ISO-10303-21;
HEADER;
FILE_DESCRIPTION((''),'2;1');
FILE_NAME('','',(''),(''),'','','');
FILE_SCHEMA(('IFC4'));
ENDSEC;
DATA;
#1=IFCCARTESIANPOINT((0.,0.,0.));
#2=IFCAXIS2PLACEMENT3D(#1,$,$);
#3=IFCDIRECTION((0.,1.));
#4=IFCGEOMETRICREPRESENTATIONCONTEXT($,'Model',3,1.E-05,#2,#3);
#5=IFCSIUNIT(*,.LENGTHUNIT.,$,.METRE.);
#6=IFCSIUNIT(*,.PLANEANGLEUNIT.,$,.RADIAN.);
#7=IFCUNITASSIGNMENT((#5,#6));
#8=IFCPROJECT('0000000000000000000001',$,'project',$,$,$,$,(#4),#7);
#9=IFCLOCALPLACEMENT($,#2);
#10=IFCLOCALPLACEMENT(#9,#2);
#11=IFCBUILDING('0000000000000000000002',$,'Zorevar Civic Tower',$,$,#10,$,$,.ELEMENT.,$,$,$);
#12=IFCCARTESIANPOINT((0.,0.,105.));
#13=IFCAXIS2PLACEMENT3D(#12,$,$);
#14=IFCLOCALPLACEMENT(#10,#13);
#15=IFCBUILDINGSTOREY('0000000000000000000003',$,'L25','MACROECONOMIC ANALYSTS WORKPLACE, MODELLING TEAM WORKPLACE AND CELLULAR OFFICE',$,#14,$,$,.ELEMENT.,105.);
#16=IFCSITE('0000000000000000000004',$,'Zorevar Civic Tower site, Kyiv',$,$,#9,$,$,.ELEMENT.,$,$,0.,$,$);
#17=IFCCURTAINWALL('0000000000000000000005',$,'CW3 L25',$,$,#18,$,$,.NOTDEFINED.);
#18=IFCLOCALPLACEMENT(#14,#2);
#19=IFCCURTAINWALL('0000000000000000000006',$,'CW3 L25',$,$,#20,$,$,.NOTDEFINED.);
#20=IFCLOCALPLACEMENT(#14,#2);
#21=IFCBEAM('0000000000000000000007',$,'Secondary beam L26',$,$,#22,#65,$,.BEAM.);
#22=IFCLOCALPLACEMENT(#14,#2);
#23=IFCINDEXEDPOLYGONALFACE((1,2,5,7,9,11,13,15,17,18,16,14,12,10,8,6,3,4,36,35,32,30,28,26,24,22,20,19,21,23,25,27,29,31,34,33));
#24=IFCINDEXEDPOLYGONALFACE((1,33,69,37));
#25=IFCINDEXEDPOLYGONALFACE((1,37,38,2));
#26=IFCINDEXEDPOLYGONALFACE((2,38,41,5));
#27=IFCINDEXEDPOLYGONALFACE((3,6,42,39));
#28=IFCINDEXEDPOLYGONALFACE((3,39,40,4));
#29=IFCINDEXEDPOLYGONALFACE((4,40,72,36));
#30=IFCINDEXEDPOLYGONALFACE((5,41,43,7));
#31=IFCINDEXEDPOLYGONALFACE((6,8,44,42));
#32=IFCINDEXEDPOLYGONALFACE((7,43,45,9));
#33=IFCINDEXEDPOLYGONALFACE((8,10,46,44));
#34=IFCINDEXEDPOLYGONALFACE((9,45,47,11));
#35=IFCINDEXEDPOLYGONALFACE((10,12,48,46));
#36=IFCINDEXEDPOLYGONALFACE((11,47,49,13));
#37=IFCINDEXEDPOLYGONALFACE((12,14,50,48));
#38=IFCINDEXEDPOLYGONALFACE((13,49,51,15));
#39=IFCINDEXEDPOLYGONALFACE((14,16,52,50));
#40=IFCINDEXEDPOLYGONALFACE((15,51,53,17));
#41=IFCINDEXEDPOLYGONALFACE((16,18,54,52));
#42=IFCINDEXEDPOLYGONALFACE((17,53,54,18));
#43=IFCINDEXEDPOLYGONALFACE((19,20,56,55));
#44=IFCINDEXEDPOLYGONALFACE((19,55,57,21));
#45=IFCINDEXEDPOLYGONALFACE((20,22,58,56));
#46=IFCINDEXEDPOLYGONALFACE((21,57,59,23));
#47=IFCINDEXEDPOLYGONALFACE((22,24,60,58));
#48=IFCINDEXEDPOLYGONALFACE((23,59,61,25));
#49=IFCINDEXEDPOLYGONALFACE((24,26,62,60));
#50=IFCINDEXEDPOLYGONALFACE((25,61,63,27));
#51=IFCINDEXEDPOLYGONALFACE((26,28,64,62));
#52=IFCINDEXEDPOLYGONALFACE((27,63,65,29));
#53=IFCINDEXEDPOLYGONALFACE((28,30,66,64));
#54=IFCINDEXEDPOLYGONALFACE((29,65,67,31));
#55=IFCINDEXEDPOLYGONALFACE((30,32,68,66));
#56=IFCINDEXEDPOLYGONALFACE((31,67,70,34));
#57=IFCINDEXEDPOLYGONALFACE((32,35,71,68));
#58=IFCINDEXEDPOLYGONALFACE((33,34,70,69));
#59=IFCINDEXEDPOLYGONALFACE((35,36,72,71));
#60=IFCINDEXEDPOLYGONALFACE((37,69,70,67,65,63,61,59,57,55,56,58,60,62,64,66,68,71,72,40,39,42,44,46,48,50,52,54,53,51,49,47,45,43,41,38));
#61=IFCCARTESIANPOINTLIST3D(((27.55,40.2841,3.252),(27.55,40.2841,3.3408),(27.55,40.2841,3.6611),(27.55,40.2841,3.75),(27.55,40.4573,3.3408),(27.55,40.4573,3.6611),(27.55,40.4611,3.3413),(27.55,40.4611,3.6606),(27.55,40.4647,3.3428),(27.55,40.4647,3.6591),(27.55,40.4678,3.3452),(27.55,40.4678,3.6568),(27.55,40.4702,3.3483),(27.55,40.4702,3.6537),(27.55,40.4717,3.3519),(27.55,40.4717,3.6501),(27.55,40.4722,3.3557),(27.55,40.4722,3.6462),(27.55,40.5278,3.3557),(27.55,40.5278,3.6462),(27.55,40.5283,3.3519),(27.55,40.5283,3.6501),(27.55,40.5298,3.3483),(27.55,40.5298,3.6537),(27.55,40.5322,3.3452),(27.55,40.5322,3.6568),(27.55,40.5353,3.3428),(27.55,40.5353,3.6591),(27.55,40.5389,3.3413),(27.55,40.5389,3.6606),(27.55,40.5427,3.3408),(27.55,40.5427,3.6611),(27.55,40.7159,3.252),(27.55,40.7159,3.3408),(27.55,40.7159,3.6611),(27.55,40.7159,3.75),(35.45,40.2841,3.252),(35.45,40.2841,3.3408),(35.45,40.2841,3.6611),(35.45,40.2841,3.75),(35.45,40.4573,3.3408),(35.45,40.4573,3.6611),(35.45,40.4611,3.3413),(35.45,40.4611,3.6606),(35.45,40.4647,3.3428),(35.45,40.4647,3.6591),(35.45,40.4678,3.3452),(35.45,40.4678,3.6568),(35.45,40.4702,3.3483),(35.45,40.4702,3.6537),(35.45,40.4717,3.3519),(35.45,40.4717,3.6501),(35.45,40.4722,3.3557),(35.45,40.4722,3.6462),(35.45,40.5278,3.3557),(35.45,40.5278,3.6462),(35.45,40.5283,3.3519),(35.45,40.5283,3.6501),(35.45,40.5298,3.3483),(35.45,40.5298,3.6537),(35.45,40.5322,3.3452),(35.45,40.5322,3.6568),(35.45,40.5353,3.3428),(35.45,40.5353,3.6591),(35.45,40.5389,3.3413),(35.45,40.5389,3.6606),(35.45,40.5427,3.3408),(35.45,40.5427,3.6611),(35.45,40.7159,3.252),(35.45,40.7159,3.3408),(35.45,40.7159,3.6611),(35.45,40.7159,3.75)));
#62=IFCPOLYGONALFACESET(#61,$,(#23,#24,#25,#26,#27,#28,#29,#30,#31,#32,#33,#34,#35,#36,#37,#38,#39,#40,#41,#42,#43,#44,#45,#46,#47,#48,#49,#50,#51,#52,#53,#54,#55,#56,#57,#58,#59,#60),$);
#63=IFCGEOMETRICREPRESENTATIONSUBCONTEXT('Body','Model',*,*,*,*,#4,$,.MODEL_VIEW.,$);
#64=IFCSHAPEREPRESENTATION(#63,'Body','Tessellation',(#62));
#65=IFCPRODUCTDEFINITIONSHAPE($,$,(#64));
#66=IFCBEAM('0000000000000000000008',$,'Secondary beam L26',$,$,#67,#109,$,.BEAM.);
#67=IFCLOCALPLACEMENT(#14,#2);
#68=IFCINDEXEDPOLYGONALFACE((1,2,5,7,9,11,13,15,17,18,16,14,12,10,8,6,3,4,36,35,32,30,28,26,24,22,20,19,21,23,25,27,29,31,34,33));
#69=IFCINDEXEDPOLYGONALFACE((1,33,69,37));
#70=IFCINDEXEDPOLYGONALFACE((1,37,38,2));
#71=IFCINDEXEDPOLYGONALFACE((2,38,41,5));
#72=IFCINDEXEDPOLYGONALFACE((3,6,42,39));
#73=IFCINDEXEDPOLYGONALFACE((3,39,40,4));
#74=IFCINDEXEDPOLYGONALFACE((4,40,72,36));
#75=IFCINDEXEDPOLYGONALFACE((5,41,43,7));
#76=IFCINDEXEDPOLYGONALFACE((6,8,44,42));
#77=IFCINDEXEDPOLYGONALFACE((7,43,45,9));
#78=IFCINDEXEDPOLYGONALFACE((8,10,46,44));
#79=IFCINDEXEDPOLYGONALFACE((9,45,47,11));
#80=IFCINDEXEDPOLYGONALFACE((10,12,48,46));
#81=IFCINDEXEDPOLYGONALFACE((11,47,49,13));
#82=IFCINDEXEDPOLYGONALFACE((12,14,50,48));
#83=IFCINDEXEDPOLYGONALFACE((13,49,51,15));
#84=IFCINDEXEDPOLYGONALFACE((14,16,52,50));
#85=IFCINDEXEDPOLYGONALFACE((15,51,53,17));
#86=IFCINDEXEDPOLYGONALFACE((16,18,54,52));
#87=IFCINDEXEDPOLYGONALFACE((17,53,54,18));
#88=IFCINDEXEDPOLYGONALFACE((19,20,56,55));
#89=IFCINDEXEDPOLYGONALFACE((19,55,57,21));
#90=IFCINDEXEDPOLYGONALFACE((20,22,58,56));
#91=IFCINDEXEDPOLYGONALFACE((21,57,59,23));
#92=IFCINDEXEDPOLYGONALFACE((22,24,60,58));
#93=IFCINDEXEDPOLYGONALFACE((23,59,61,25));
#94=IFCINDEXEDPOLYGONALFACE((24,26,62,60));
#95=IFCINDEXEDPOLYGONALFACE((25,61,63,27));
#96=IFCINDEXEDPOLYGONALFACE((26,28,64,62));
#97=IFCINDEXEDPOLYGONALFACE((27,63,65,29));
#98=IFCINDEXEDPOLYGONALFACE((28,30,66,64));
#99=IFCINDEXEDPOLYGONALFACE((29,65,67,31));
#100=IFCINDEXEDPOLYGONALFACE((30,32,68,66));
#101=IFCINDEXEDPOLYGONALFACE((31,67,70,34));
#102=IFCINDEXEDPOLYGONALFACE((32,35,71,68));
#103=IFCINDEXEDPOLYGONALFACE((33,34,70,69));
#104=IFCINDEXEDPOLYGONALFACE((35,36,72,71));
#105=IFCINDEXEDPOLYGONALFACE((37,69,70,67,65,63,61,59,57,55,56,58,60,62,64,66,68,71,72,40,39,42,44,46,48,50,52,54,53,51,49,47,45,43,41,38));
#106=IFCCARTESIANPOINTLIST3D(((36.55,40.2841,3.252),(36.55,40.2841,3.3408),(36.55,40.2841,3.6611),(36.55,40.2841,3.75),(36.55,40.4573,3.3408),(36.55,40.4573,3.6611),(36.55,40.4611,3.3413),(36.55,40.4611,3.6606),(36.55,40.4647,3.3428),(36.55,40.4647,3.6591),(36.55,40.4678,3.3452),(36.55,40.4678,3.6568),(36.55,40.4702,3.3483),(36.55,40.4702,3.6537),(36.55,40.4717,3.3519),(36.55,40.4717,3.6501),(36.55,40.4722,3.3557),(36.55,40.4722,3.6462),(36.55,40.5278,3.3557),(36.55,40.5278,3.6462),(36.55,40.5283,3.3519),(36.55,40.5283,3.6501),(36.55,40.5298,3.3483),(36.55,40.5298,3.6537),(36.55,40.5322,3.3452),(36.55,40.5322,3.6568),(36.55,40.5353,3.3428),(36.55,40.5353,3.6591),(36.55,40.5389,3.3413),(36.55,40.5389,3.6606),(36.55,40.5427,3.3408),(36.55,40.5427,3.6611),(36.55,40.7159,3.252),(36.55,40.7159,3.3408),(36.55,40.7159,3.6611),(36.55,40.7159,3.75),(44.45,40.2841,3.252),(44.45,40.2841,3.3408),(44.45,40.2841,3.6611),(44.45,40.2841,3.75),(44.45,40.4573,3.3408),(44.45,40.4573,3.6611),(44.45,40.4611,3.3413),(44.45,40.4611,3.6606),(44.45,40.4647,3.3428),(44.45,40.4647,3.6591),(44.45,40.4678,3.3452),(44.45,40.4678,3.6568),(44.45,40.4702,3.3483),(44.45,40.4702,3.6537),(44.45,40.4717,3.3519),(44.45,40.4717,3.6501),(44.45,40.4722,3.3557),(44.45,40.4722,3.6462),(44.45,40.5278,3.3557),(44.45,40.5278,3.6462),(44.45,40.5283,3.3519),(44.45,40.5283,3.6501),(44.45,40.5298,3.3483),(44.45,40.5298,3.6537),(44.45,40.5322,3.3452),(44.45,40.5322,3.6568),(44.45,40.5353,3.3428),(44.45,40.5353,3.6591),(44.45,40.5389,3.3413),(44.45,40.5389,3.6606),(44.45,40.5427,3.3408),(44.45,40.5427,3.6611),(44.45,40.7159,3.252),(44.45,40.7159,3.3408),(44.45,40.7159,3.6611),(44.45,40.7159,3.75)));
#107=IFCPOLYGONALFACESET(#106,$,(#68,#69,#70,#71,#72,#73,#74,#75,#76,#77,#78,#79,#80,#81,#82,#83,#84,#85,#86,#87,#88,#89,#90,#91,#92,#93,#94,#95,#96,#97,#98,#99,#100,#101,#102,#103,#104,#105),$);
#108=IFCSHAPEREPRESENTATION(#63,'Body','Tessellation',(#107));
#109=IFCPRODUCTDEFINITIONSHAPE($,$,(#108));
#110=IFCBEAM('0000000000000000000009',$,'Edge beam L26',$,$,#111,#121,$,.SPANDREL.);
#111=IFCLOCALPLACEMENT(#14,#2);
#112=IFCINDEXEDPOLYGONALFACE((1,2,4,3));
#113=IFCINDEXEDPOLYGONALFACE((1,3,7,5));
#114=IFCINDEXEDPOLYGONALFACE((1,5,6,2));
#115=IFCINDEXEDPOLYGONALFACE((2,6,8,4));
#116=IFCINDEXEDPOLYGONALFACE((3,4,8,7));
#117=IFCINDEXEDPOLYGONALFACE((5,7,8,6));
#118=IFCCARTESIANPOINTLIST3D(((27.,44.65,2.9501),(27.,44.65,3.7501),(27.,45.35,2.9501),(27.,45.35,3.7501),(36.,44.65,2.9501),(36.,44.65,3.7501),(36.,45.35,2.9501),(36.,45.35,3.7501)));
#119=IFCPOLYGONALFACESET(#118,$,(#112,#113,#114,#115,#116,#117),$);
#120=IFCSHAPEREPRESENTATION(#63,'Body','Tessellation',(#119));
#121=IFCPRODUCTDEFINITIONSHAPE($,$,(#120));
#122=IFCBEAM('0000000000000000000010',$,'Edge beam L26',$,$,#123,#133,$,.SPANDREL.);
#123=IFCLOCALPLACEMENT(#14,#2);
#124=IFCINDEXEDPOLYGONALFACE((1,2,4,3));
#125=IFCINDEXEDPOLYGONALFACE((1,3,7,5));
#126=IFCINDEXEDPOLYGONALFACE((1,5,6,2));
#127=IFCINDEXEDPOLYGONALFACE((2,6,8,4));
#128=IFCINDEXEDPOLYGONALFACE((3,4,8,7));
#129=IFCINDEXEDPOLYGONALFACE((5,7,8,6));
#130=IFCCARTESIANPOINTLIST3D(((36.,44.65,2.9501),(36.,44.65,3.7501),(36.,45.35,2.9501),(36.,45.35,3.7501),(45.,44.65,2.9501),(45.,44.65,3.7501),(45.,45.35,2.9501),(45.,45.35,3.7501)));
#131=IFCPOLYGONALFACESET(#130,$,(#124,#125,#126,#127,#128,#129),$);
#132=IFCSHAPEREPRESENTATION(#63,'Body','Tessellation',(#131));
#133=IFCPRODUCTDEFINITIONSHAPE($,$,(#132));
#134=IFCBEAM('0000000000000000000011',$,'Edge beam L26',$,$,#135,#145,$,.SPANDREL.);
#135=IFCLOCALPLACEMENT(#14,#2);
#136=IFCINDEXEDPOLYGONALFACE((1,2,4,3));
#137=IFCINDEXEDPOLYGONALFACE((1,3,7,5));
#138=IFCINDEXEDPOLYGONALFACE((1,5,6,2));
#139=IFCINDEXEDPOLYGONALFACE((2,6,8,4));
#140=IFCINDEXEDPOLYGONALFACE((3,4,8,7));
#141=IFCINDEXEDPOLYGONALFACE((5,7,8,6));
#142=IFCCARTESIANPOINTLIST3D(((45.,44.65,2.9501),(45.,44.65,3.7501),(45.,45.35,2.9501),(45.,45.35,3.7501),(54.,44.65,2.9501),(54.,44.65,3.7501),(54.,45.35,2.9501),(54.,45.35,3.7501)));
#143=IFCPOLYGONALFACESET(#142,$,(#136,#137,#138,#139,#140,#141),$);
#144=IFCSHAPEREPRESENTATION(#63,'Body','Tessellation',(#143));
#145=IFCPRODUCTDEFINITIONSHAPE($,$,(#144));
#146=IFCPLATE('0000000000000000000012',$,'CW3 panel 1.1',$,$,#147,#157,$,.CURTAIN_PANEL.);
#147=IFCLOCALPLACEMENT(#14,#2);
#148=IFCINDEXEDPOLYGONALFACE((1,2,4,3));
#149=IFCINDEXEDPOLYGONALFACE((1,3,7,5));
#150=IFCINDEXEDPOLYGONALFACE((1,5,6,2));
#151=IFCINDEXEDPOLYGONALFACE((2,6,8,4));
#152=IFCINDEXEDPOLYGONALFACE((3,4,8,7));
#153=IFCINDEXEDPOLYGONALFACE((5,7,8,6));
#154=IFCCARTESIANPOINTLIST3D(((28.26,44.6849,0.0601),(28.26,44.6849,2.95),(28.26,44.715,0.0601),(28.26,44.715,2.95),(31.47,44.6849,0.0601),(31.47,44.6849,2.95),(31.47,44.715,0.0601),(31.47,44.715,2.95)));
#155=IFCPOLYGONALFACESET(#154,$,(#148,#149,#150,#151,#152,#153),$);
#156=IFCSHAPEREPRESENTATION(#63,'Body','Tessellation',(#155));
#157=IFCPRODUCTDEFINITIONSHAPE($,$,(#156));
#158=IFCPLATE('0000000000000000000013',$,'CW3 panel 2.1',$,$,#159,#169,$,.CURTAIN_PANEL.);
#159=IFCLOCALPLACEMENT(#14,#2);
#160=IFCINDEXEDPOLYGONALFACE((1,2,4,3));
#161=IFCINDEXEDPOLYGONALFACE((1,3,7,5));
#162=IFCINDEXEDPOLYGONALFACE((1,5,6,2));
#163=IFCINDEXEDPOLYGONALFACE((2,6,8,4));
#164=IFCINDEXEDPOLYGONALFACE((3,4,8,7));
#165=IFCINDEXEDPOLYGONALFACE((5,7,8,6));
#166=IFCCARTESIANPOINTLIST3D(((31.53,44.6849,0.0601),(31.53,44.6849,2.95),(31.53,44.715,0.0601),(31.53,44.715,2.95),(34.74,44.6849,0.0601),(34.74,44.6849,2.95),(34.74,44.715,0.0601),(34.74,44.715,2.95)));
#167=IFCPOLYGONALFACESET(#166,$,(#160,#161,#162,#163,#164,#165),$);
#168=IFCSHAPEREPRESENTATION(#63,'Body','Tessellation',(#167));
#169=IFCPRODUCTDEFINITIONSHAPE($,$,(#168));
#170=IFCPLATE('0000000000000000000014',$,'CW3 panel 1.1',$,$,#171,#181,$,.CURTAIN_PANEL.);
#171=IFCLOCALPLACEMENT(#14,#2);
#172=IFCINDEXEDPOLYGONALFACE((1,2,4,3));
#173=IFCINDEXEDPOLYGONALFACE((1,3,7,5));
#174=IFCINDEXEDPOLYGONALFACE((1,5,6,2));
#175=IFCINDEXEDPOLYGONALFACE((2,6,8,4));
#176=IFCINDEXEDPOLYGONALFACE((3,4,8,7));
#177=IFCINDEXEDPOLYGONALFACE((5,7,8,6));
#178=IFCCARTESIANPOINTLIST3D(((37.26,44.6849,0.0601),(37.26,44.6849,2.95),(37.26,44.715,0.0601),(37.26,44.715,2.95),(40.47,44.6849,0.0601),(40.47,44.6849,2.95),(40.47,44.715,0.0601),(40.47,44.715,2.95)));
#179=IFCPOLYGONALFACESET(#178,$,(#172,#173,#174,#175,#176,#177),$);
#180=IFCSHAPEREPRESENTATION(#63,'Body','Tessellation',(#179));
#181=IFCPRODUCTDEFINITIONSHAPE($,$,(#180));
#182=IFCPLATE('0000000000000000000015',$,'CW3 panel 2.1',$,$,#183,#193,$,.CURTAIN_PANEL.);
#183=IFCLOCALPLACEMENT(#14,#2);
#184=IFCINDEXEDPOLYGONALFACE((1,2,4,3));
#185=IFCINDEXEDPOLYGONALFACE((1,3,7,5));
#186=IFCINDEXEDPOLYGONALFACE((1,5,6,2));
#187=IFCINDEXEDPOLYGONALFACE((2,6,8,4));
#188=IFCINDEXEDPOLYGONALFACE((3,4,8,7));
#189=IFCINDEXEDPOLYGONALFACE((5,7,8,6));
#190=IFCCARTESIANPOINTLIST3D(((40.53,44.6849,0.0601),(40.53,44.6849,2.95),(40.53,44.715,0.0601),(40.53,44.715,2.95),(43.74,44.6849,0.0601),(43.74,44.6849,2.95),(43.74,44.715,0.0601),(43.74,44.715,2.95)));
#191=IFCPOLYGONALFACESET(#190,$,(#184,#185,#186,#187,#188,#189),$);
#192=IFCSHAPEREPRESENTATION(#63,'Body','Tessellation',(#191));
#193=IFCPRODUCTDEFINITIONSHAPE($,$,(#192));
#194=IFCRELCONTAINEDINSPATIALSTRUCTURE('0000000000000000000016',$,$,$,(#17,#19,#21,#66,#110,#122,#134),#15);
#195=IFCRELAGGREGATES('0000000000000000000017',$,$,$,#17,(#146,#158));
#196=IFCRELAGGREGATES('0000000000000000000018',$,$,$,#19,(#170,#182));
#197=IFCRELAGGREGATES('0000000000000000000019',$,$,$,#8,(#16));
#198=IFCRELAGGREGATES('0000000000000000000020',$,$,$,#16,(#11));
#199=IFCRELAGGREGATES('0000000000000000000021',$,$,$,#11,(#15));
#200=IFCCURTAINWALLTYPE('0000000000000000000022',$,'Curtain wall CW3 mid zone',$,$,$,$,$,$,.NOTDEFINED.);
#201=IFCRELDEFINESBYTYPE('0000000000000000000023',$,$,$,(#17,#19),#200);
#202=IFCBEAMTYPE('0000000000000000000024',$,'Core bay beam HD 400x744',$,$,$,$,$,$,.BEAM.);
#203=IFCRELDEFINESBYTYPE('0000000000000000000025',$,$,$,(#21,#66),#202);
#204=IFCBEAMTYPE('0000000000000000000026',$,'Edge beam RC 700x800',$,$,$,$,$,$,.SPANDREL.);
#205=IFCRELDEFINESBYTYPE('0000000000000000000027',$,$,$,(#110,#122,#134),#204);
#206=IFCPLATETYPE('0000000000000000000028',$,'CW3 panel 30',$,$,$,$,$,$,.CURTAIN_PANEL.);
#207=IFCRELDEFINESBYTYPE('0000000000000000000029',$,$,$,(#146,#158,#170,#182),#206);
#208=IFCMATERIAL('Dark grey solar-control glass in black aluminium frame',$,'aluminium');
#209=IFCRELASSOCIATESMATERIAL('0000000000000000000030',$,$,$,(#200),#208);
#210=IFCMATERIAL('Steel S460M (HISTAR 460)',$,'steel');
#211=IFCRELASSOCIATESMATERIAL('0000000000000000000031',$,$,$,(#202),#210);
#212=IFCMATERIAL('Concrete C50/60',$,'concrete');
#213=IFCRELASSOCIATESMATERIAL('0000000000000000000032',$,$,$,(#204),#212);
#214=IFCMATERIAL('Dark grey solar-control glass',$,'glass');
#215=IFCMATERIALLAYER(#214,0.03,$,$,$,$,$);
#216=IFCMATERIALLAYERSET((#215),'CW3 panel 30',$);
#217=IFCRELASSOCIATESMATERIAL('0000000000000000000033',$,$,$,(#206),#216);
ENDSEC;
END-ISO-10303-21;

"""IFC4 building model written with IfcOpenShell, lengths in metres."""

from ifc_helpers import new_model, si_unit, direction, frame, origin, origin_2d, place, context, subcontext, project, spatial, rectangle, i_section, extrude, material, layer, layer_set, material_profile, profile_set, type_object, element, aggregate, save


model = new_model("IFC4")

# Units and contexts
model_context = context("Model", 3, precision=1e-05, world=origin(), true_north=direction((0.0, 1.0)))
body_context = subcontext(model_context, "Body", "Model", "MODEL_VIEW")
ifc_project = project(units=[si_unit("LENGTHUNIT", "METRE"), si_unit("PLANEANGLEUNIT", "RADIAN")], contexts=[model_context])

# Site, building, storey
site_placement = place(None, origin())
site = spatial("IfcSite", under=ifc_project, at=site_placement, Name="Zorevar Civic Tower site, Kyiv", CompositionType="ELEMENT", RefElevation=0.0)
building_placement = place(site_placement, origin())
building = spatial("IfcBuilding", under=site, at=building_placement, Name="Zorevar Civic Tower", CompositionType="ELEMENT")
storey_placement = place(building_placement, frame((0.0, 0.0, 105.0)))
storey = spatial("IfcBuildingStorey", under=building, at=storey_placement, Name="L25", Description="MACROECONOMIC ANALYSTS WORKPLACE, MODELLING TEAM WORKPLACE AND CELLULAR OFFICE", CompositionType="ELEMENT", Elevation=105.0)

# Curtain walls
ifc_material_1 = material(Name="Dark grey solar-control glass in black aluminium frame", Category="aluminium")
curtain_wall_type = type_object("IfcCurtainWallType", Name="Curtain wall CW3 mid zone", PredefinedType="NOTDEFINED", material=ifc_material_1)
curtain_wall_1_placement = place(storey_placement, origin())
curtain_wall_1 = element("IfcCurtainWall", 1, at=curtain_wall_1_placement, inside=storey, type_object=curtain_wall_type, Name="CW3 L25", PredefinedType="NOTDEFINED")
curtain_wall_2_placement = place(storey_placement, origin())
curtain_wall_2 = element("IfcCurtainWall", 2, at=curtain_wall_2_placement, inside=storey, type_object=curtain_wall_type, Name="CW3 L25", PredefinedType="NOTDEFINED")

# Beams
ifc_material_2 = material(Name="Steel S460M (HISTAR 460)", Category="steel")
ifc_material_profile_1 = material_profile(ifc_material_2, i_section(OverallWidth=0.4319, OverallDepth=0.498, WebThickness=0.0557, FlangeThickness=0.0889, FilletRadius=0.0149, at=origin_2d()), Name="HD 400x744")
ifc_profile_set_1 = profile_set([ifc_material_profile_1], Name="Steel S460M (HISTAR 460)")
beam_type_1 = type_object("IfcBeamType", Name="Core bay beam HD 400x744", PredefinedType="BEAM", material=ifc_profile_set_1)
for number, where, z_axis, x_axis, name in (
    (3, (27.55, 40.5, 3.501), (1.0, 0.0, 0.0), (0.0, 1.0, 0.0), "Secondary beam L26"),
    (4, (36.55, 40.5, 3.501), (1.0, 0.0, 0.0), (0.0, 1.0, 0.0), "Secondary beam L26"),
):
    element("IfcBeam", number, at=place(storey_placement, frame(where, z_axis=z_axis, x_axis=x_axis)), inside=storey, type_object=beam_type_1, Name=name, PredefinedType="BEAM", context=body_context, shape_type="SweptSolid", body=[
        extrude(i_section(OverallWidth=0.4319, OverallDepth=0.498, WebThickness=0.0557, FlangeThickness=0.0889, FilletRadius=0.0149, at=origin_2d()), origin(), (0.0, 0.0, 1.0), 7.8999),
    ])
ifc_material_3 = material(Name="Concrete C50/60", Category="concrete")
ifc_material_profile_2 = material_profile(ifc_material_3, rectangle(XDim=0.7, YDim=0.8, at=origin_2d()), Name="RC 700x800")
ifc_profile_set_2 = profile_set([ifc_material_profile_2], Name="Concrete C50/60")
beam_type_2 = type_object("IfcBeamType", Name="Edge beam RC 700x800", PredefinedType="SPANDREL", material=ifc_profile_set_2)
for number, where, z_axis, x_axis, name in (
    (5, (27.0, 45.0, 3.3501), (1.0, 0.0, 0.0), (0.0, 1.0, 0.0), "Edge beam L26"),
    (6, (36.0, 45.0, 3.3501), (1.0, 0.0, 0.0), (0.0, 1.0, 0.0), "Edge beam L26"),
    (7, (45.0, 45.0, 3.3501), (1.0, 0.0, 0.0), (0.0, 1.0, 0.0), "Edge beam L26"),
):
    element("IfcBeam", number, at=place(storey_placement, frame(where, z_axis=z_axis, x_axis=x_axis)), inside=storey, type_object=beam_type_2, Name=name, PredefinedType="SPANDREL", context=body_context, shape_type="SweptSolid", body=[
        extrude(rectangle(XDim=0.7, YDim=0.8, at=origin_2d()), origin(), (0.0, 0.0, 1.0), 9.0),
    ])

# Plates
ifc_material_4 = material(Name="Dark grey solar-control glass", Category="glass")
ifc_layer_1 = layer(ifc_material_4, 0.03)
ifc_layer_set_1 = layer_set([ifc_layer_1], Name="CW3 panel 30")
plate_type = type_object("IfcPlateType", Name="CW3 panel 30", PredefinedType="CURTAIN_PANEL", material=ifc_layer_set_1)
plate_1_placement = place(storey_placement, frame((29.865, 44.7, 0.0601), z_axis=(0.0, 0.0, 1.0), x_axis=(1.0, 0.0, 0.0)))
plate_1 = element("IfcPlate", 8, at=plate_1_placement, type_object=plate_type, Name="CW3 panel 1.1", PredefinedType="CURTAIN_PANEL", context=body_context, shape_type="SweptSolid", body=[
    extrude(rectangle(XDim=3.21, YDim=0.03, at=origin_2d()), origin(), (0.0, 0.0, 1.0), 2.8899),
])
plate_2_placement = place(storey_placement, frame((33.135, 44.7, 0.0601), z_axis=(0.0, 0.0, 1.0), x_axis=(1.0, 0.0, 0.0)))
plate_2 = element("IfcPlate", 9, at=plate_2_placement, type_object=plate_type, Name="CW3 panel 2.1", PredefinedType="CURTAIN_PANEL", context=body_context, shape_type="SweptSolid", body=[
    extrude(rectangle(XDim=3.21, YDim=0.03, at=origin_2d()), origin(), (0.0, 0.0, 1.0), 2.8899),
])
aggregate(curtain_wall_1, [plate_1, plate_2])
plate_3_placement = place(storey_placement, frame((38.865, 44.7, 0.0601), z_axis=(0.0, 0.0, 1.0), x_axis=(1.0, 0.0, 0.0)))
plate_3 = element("IfcPlate", 10, at=plate_3_placement, type_object=plate_type, Name="CW3 panel 1.1", PredefinedType="CURTAIN_PANEL", context=body_context, shape_type="SweptSolid", body=[
    extrude(rectangle(XDim=3.21, YDim=0.03, at=origin_2d()), origin(), (0.0, 0.0, 1.0), 2.8899),
])
plate_4_placement = place(storey_placement, frame((42.135, 44.7, 0.0601), z_axis=(0.0, 0.0, 1.0), x_axis=(1.0, 0.0, 0.0)))
plate_4 = element("IfcPlate", 11, at=plate_4_placement, type_object=plate_type, Name="CW3 panel 2.1", PredefinedType="CURTAIN_PANEL", context=body_context, shape_type="SweptSolid", body=[
    extrude(rectangle(XDim=3.21, YDim=0.03, at=origin_2d()), origin(), (0.0, 0.0, 1.0), 2.8899),
])
aggregate(curtain_wall_2, [plate_3, plate_4])

save(model, "model.ifc")
